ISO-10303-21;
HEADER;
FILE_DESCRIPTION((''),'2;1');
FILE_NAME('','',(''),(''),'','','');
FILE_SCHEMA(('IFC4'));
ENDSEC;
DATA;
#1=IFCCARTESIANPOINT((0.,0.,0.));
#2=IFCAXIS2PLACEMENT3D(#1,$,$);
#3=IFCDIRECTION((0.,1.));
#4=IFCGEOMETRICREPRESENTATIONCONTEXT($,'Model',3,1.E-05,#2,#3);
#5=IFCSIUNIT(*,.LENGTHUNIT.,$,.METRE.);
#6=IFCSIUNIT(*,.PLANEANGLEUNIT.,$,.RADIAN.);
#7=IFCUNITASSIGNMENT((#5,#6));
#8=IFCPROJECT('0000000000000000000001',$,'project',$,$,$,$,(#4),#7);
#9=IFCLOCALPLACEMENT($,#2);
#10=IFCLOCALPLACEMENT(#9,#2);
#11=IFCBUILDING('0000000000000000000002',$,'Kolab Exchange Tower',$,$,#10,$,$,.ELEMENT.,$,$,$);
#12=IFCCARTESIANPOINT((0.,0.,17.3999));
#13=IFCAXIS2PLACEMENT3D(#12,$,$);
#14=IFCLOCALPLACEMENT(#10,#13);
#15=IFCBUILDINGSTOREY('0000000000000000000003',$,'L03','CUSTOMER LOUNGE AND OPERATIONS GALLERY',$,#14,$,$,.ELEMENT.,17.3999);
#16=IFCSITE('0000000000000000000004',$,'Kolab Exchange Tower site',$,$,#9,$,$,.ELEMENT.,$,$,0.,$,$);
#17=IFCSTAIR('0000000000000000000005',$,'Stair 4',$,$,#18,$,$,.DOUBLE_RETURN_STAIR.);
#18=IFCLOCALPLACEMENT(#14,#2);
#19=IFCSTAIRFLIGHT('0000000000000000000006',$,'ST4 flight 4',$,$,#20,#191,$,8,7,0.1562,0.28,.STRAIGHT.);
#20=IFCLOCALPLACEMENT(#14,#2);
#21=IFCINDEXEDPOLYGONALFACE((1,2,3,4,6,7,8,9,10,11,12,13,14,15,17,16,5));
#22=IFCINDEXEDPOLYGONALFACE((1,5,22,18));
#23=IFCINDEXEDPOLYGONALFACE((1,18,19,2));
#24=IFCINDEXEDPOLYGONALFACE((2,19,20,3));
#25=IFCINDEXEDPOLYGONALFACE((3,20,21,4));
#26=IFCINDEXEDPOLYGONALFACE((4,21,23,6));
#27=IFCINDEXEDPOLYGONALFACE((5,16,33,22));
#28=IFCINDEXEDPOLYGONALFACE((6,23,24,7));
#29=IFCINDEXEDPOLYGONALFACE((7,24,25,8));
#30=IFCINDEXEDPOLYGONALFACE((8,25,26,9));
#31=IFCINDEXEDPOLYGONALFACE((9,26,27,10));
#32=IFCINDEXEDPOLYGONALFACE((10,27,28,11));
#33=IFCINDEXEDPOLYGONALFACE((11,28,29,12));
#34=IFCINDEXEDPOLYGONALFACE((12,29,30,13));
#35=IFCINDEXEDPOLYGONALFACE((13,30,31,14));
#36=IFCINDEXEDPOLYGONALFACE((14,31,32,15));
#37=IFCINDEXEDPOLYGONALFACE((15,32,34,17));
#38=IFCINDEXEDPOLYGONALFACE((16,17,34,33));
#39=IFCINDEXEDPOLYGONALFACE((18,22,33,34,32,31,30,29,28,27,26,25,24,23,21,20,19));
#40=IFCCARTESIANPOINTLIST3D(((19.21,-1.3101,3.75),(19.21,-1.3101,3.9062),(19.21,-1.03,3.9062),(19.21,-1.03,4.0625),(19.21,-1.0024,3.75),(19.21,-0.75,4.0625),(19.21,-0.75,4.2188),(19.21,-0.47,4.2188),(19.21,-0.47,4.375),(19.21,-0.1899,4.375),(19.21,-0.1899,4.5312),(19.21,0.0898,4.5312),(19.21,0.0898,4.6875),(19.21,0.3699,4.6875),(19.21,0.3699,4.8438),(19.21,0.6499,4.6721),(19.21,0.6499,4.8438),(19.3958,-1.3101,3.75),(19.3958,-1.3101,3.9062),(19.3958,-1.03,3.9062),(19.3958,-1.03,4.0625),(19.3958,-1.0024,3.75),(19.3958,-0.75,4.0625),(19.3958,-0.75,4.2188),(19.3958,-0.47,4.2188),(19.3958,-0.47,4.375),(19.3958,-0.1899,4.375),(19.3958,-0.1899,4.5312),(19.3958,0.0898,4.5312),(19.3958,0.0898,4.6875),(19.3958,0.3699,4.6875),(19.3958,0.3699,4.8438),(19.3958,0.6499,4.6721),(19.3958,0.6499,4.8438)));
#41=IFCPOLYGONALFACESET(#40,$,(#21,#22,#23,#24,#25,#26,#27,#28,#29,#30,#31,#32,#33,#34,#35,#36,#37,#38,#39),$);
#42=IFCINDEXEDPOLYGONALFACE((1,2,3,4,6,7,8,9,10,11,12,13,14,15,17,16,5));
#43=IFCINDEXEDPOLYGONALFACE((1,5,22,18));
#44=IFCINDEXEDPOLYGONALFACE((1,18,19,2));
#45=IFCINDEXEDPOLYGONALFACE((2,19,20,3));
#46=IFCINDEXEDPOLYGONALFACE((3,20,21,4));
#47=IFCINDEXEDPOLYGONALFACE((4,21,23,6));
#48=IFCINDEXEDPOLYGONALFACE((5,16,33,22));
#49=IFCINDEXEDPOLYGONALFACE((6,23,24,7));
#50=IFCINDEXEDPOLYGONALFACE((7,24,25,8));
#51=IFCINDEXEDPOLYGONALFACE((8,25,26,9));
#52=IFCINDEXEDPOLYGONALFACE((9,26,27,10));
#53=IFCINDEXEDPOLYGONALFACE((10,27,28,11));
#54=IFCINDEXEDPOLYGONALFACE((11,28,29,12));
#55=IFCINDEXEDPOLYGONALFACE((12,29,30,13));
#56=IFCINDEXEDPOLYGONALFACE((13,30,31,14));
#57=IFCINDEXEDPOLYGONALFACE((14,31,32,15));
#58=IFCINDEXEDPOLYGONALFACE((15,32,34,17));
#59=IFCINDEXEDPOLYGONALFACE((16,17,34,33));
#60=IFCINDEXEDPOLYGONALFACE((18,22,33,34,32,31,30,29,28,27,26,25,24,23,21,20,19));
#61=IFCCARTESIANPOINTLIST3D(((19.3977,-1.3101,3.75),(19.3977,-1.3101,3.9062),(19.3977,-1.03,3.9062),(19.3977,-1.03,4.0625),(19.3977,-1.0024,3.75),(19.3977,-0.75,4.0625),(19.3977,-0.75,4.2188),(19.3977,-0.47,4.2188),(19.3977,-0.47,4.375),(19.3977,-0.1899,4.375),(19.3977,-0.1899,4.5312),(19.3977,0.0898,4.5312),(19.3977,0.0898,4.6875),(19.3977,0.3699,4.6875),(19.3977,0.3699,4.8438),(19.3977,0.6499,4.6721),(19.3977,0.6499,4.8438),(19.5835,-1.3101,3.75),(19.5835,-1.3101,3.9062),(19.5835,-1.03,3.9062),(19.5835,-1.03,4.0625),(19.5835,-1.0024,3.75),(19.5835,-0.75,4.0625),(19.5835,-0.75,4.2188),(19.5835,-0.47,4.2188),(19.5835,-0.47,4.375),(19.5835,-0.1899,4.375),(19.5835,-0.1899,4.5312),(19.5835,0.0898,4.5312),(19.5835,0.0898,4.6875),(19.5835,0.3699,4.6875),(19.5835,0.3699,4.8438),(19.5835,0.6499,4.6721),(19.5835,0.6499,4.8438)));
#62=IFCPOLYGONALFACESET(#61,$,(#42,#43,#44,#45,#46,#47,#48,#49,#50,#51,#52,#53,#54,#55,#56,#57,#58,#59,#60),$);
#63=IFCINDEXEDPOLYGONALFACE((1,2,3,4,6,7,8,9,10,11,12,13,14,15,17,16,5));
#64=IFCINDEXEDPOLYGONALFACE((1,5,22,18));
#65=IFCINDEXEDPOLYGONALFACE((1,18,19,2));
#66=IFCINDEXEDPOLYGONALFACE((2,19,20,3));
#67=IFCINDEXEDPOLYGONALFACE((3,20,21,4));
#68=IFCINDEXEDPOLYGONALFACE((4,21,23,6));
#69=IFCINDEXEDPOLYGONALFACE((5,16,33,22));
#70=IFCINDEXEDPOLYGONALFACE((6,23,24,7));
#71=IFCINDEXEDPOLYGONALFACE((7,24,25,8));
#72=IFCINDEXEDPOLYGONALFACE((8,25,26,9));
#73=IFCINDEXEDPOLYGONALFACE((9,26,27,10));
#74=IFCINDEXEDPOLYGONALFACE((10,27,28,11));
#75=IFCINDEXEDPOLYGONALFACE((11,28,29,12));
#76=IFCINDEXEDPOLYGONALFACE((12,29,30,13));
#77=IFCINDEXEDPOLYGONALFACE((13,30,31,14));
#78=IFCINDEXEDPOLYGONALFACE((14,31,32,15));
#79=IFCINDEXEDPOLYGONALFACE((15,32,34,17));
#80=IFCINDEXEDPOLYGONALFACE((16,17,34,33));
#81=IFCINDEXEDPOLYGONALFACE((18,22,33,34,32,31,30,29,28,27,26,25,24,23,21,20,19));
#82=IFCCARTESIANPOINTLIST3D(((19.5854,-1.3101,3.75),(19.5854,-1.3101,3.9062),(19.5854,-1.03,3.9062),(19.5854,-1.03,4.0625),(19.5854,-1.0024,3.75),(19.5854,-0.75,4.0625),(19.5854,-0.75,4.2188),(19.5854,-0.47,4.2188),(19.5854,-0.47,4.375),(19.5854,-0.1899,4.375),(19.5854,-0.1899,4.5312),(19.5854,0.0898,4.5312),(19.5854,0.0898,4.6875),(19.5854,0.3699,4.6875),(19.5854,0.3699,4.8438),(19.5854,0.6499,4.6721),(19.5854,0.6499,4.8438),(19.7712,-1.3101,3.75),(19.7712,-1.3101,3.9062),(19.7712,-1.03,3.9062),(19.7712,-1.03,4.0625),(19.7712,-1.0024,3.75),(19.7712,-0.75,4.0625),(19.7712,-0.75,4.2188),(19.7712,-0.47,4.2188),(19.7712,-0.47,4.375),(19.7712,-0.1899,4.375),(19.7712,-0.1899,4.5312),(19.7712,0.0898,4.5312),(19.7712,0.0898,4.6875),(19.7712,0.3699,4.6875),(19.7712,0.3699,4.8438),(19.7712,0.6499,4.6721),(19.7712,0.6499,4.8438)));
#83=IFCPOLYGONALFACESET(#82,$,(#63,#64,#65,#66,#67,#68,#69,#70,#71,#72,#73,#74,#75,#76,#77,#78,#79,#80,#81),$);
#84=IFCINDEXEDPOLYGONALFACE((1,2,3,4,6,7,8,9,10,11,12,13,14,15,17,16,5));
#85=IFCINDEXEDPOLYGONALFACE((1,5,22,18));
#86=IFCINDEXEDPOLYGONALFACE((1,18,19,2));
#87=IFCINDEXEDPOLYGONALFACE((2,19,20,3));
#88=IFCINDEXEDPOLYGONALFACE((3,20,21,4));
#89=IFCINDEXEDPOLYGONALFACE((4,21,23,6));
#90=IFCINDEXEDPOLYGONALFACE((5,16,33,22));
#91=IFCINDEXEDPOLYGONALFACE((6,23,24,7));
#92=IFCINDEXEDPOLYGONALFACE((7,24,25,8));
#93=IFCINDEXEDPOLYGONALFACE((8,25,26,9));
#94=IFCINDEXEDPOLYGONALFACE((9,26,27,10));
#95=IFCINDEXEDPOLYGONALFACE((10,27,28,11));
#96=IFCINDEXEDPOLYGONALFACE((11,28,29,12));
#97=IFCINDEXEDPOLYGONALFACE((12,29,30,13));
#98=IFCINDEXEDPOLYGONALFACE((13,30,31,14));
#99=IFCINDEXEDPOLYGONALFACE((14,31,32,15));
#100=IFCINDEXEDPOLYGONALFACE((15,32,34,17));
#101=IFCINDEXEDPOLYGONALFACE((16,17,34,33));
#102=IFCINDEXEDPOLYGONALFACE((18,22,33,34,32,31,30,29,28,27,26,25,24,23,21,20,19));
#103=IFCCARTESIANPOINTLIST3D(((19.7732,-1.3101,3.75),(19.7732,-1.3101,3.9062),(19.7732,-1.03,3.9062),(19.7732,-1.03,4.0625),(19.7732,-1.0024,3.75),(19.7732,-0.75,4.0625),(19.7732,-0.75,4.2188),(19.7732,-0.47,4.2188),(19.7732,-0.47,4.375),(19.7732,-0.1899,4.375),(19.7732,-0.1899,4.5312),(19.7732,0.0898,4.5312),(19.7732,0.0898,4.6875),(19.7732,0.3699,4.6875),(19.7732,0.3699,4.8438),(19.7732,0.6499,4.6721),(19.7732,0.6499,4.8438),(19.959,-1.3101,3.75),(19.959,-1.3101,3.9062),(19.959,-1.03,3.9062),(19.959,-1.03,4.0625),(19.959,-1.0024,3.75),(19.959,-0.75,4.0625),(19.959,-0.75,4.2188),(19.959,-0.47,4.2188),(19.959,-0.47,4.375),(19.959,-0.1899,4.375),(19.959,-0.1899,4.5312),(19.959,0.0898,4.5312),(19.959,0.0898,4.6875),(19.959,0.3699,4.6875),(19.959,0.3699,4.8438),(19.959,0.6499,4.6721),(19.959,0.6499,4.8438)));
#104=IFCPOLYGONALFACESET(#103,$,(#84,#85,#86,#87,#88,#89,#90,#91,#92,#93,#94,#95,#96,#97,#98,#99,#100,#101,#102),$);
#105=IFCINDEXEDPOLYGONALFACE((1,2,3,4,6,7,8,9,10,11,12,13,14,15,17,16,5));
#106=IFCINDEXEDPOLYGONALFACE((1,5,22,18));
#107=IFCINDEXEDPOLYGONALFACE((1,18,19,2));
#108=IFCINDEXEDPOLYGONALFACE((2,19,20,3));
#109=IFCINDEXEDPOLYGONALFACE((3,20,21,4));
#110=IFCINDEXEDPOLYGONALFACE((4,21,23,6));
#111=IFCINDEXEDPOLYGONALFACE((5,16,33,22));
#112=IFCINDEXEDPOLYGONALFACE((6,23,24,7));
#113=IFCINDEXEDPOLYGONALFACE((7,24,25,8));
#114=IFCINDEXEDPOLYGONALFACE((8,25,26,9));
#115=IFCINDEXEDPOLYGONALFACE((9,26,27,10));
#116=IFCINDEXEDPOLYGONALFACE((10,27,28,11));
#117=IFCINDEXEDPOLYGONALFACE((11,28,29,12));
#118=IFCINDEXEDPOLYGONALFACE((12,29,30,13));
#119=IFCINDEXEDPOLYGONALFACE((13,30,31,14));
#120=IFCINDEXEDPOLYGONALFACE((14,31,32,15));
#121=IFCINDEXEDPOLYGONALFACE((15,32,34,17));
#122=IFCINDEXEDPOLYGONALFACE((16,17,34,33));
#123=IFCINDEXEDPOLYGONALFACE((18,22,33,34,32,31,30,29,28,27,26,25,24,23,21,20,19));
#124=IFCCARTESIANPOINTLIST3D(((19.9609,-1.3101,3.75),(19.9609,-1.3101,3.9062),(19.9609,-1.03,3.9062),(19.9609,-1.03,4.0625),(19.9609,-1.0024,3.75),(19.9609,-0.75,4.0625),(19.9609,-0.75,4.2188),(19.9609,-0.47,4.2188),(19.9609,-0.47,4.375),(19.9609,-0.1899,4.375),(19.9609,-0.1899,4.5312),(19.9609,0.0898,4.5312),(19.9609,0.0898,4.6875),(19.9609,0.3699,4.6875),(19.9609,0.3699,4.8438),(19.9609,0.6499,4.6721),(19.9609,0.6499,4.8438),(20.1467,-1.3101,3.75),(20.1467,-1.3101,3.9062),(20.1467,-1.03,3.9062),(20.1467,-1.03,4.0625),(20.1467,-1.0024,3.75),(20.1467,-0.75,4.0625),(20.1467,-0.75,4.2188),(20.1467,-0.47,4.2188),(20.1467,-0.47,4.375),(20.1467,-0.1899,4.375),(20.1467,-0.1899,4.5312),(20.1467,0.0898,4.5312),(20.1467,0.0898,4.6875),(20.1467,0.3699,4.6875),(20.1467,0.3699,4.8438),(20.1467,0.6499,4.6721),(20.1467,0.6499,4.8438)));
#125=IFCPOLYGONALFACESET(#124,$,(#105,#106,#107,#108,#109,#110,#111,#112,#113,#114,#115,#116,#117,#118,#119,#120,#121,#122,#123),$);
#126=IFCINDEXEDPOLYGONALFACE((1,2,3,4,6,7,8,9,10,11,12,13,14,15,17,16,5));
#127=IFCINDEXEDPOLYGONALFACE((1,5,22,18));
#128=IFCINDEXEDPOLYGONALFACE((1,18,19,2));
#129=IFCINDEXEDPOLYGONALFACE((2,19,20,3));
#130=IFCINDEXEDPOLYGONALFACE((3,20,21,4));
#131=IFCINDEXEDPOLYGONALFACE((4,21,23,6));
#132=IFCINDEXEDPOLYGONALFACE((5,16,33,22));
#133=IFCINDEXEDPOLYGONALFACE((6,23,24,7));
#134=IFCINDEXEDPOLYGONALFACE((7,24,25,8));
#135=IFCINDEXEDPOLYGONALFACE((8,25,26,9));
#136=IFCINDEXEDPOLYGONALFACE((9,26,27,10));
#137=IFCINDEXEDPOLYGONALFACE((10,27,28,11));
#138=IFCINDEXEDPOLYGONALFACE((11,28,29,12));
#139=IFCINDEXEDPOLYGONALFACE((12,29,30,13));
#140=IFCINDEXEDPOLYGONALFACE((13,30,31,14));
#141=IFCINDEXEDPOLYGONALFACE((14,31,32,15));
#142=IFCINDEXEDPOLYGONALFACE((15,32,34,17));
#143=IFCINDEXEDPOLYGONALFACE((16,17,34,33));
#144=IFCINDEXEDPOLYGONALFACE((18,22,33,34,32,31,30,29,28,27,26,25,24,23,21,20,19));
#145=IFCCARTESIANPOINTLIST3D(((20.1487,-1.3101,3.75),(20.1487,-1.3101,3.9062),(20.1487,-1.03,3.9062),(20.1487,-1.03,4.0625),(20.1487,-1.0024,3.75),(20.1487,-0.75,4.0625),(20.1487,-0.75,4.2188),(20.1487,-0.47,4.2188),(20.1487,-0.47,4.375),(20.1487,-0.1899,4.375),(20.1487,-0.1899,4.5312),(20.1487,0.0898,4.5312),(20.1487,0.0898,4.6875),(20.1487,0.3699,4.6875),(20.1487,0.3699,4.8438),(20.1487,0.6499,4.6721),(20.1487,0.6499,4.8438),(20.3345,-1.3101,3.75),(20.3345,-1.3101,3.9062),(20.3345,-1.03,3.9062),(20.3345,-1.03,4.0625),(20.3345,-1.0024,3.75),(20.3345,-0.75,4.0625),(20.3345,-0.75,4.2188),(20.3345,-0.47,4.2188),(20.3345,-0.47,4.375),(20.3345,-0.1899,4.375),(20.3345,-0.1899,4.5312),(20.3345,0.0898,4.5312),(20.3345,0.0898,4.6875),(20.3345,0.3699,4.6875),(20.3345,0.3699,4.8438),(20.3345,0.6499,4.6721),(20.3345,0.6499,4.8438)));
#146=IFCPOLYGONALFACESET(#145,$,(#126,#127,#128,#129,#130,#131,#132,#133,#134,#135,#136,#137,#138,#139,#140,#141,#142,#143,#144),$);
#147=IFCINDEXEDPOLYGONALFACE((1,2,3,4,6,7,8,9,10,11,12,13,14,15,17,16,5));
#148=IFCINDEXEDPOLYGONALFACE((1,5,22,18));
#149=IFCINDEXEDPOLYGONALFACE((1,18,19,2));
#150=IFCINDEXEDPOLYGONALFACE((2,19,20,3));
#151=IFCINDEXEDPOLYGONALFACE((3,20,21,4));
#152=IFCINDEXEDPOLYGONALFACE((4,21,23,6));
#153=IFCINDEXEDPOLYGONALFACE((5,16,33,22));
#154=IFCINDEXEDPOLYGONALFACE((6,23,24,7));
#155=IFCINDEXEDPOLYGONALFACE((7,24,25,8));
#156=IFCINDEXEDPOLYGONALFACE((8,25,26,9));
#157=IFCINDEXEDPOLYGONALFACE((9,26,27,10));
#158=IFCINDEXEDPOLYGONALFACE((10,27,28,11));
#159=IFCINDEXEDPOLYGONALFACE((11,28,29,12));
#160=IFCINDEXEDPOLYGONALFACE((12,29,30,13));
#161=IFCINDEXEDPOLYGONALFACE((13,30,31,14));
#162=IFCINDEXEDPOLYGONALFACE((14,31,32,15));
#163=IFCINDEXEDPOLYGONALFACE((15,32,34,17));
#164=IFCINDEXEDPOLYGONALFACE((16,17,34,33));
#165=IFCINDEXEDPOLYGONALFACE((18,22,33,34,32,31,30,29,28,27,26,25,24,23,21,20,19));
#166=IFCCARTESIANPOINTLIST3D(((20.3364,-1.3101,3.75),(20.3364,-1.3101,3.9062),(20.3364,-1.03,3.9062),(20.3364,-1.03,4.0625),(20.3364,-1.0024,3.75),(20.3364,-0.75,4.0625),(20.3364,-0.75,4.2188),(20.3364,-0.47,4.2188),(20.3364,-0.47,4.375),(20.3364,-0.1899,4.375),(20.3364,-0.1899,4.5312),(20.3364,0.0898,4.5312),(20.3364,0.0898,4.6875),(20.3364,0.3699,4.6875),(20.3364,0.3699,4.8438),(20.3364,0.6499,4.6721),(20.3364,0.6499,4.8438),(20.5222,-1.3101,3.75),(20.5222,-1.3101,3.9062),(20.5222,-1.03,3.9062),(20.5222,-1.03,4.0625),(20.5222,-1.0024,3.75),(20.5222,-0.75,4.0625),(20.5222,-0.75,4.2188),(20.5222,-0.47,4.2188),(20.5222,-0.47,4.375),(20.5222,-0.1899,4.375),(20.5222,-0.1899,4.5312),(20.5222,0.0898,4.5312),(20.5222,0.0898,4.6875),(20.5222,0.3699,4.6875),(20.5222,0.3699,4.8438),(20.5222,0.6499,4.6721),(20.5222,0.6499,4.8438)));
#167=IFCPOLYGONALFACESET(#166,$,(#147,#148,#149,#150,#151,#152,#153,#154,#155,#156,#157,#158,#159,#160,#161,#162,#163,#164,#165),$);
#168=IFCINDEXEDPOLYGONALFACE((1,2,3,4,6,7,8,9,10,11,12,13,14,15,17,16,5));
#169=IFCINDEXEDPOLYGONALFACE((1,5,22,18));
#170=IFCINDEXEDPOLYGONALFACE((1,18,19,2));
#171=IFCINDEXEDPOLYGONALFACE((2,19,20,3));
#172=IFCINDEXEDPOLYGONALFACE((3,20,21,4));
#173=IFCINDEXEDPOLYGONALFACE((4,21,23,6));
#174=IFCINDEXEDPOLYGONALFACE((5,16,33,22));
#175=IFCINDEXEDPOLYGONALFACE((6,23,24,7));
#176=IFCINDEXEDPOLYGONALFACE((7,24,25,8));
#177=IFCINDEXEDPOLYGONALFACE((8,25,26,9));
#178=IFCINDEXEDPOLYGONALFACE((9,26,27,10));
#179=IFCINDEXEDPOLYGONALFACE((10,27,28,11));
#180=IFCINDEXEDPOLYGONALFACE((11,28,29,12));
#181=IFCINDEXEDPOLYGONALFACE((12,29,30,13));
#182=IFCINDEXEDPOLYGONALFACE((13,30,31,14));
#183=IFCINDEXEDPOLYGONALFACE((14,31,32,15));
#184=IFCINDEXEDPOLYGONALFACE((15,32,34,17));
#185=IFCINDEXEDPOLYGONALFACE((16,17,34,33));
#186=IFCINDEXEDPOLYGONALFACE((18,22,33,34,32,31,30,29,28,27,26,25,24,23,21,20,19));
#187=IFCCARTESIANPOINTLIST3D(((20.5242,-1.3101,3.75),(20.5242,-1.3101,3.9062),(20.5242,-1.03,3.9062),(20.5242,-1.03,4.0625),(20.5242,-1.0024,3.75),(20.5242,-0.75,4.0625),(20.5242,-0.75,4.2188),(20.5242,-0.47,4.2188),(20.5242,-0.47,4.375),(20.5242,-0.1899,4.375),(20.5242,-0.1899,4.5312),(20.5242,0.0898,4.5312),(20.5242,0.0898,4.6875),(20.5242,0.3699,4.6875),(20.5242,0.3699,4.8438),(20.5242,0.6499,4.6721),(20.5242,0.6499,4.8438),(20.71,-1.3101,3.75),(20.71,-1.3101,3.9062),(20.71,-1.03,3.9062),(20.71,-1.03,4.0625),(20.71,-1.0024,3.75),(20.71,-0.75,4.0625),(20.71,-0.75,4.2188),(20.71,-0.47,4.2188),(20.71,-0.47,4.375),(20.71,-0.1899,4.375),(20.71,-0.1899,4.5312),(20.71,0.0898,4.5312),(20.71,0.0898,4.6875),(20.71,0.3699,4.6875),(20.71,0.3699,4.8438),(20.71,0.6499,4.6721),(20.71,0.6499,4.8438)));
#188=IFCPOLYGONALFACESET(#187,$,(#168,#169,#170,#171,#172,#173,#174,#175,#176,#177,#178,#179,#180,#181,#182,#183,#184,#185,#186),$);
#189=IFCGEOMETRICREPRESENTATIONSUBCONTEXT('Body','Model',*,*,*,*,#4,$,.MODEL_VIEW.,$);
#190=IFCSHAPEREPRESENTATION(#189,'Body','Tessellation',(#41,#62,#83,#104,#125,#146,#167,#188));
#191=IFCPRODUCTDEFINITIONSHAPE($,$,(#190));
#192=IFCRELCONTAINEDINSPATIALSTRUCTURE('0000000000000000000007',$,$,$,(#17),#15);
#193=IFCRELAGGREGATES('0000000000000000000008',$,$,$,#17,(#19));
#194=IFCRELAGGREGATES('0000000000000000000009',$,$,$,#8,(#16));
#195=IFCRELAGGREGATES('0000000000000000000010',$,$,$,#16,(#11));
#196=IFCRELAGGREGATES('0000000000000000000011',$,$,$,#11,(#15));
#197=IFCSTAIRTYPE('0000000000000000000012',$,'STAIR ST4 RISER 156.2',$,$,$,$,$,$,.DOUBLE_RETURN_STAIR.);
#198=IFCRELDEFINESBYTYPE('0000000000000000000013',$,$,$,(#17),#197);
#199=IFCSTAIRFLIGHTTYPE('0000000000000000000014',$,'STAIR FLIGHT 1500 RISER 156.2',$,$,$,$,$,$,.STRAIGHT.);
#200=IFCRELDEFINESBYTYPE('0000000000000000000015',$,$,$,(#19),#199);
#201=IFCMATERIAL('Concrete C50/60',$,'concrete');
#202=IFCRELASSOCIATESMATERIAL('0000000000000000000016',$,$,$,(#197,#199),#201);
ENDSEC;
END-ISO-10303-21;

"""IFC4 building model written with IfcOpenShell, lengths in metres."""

from ifc_helpers import new_model, si_unit, direction, frame, origin, place, context, subcontext, project, spatial, polyline, outline, extrude, material, type_object, element, aggregate, save


model = new_model("IFC4")

# Units and contexts
model_context = context("Model", 3, precision=1e-05, world=origin(), true_north=direction((0.0, 1.0)))
body_context = subcontext(model_context, "Body", "Model", "MODEL_VIEW")
ifc_project = project(units=[si_unit("LENGTHUNIT", "METRE"), si_unit("PLANEANGLEUNIT", "RADIAN")], contexts=[model_context])

# Site, building, storey
site_placement = place(None, origin())
site = spatial("IfcSite", under=ifc_project, at=site_placement, Name="Kolab Exchange Tower site", CompositionType="ELEMENT", RefElevation=0.0)
building_placement = place(site_placement, origin())
building = spatial("IfcBuilding", under=site, at=building_placement, Name="Kolab Exchange Tower", CompositionType="ELEMENT")
storey_placement = place(building_placement, frame((0.0, 0.0, 17.3999)))
storey = spatial("IfcBuildingStorey", under=building, at=storey_placement, Name="L03", Description="CUSTOMER LOUNGE AND OPERATIONS GALLERY", CompositionType="ELEMENT", Elevation=17.3999)

# Shared definitions
ifc_material_1 = material(Name="Concrete C50/60", Category="concrete")

# Stair, stair flight
stair_type = type_object("IfcStairType", Name="STAIR ST4 RISER 156.2", PredefinedType="DOUBLE_RETURN_STAIR", material=ifc_material_1)
stair_placement = place(storey_placement, origin())
stair = element("IfcStair", 1, at=stair_placement, inside=storey, type_object=stair_type, Name="Stair 4", PredefinedType="DOUBLE_RETURN_STAIR")
stair_flight_type = type_object("IfcStairFlightType", Name="STAIR FLIGHT 1500 RISER 156.2", PredefinedType="STRAIGHT", material=ifc_material_1)
stair_flight_1_placement = place(storey_placement, frame((19.96, -1.3101, 3.75), z_axis=(0.0, 0.0, 1.0), x_axis=(0.0, 1.0, 0.0)))
stair_flight_1 = element("IfcStairFlight", 2, at=stair_flight_1_placement, type_object=stair_flight_type, Name="ST4 flight 4", NumberOfRisers=8, NumberOfTreads=7, PredefinedType="STRAIGHT", RiserHeight=0.1562, TreadLength=0.28, context=body_context, shape_type="SweptSolid", body=[
    extrude(outline(polyline([(0.0, 0.0), (0.0, 0.1562), (0.28, 0.1562), (0.28, 0.3125), (0.5601, 0.3125), (0.5601, 0.4688), (0.8401, 0.4688), (0.8401, 0.625), (1.1201, 0.625), (1.1201, 0.7812), (1.3999, 0.7812), (1.3999, 0.9375), (1.6799, 0.9375), (1.6799, 1.0938), (1.96, 1.0938), (1.96, 1.25), (1.96, 0.9221), (0.3076, 0.0), (0.0, 0.0)])), frame((0.0, 0.75, 0.0), z_axis=(0.0, -1.0, 0.0), x_axis=(1.0, 0.0, 0.0)), (0.0, 0.0, 1.0), 0.1858),
    extrude(outline(polyline([(0.0, 0.0), (0.0, 0.1562), (0.28, 0.1562), (0.28, 0.3125), (0.5601, 0.3125), (0.5601, 0.4688), (0.8401, 0.4688), (0.8401, 0.625), (1.1201, 0.625), (1.1201, 0.7812), (1.3999, 0.7812), (1.3999, 0.9375), (1.6799, 0.9375), (1.6799, 1.0938), (1.96, 1.0938), (1.96, 1.25), (1.96, 0.9221), (0.3076, 0.0), (0.0, 0.0)])), frame((0.0, 0.5623, 0.0), z_axis=(0.0, -1.0, 0.0), x_axis=(1.0, 0.0, 0.0)), (0.0, 0.0, 1.0), 0.1858),
    extrude(outline(polyline([(0.0, 0.0), (0.0, 0.1562), (0.28, 0.1562), (0.28, 0.3125), (0.5601, 0.3125), (0.5601, 0.4688), (0.8401, 0.4688), (0.8401, 0.625), (1.1201, 0.625), (1.1201, 0.7812), (1.3999, 0.7812), (1.3999, 0.9375), (1.6799, 0.9375), (1.6799, 1.0938), (1.96, 1.0938), (1.96, 1.25), (1.96, 0.9221), (0.3076, 0.0), (0.0, 0.0)])), frame((0.0, 0.3745, 0.0), z_axis=(0.0, -1.0, 0.0), x_axis=(1.0, 0.0, 0.0)), (0.0, 0.0, 1.0), 0.1858),
    extrude(outline(polyline([(0.0, 0.0), (0.0, 0.1562), (0.28, 0.1562), (0.28, 0.3125), (0.5601, 0.3125), (0.5601, 0.4688), (0.8401, 0.4688), (0.8401, 0.625), (1.1201, 0.625), (1.1201, 0.7812), (1.3999, 0.7812), (1.3999, 0.9375), (1.6799, 0.9375), (1.6799, 1.0938), (1.96, 1.0938), (1.96, 1.25), (1.96, 0.9221), (0.3076, 0.0), (0.0, 0.0)])), frame((0.0, 0.1868, 0.0), z_axis=(0.0, -1.0, 0.0), x_axis=(1.0, 0.0, 0.0)), (0.0, 0.0, 1.0), 0.1858),
    extrude(outline(polyline([(0.0, 0.0), (0.0, 0.1562), (0.28, 0.1562), (0.28, 0.3125), (0.5601, 0.3125), (0.5601, 0.4688), (0.8401, 0.4688), (0.8401, 0.625), (1.1201, 0.625), (1.1201, 0.7812), (1.3999, 0.7812), (1.3999, 0.9375), (1.6799, 0.9375), (1.6799, 1.0938), (1.96, 1.0938), (1.96, 1.25), (1.96, 0.9221), (0.3076, 0.0), (0.0, 0.0)])), frame((0.0, -0.001, 0.0), z_axis=(0.0, -1.0, 0.0), x_axis=(1.0, 0.0, 0.0)), (0.0, 0.0, 1.0), 0.1858),
    extrude(outline(polyline([(0.0, 0.0), (0.0, 0.1562), (0.28, 0.1562), (0.28, 0.3125), (0.5601, 0.3125), (0.5601, 0.4688), (0.8401, 0.4688), (0.8401, 0.625), (1.1201, 0.625), (1.1201, 0.7812), (1.3999, 0.7812), (1.3999, 0.9375), (1.6799, 0.9375), (1.6799, 1.0938), (1.96, 1.0938), (1.96, 1.25), (1.96, 0.9221), (0.3076, 0.0), (0.0, 0.0)])), frame((0.0, -0.1887, 0.0), z_axis=(0.0, -1.0, 0.0), x_axis=(1.0, 0.0, 0.0)), (0.0, 0.0, 1.0), 0.1858),
    extrude(outline(polyline([(0.0, 0.0), (0.0, 0.1562), (0.28, 0.1562), (0.28, 0.3125), (0.5601, 0.3125), (0.5601, 0.4688), (0.8401, 0.4688), (0.8401, 0.625), (1.1201, 0.625), (1.1201, 0.7812), (1.3999, 0.7812), (1.3999, 0.9375), (1.6799, 0.9375), (1.6799, 1.0938), (1.96, 1.0938), (1.96, 1.25), (1.96, 0.9221), (0.3076, 0.0), (0.0, 0.0)])), frame((0.0, -0.3765, 0.0), z_axis=(0.0, -1.0, 0.0), x_axis=(1.0, 0.0, 0.0)), (0.0, 0.0, 1.0), 0.1858),
    extrude(outline(polyline([(0.0, 0.0), (0.0, 0.1562), (0.28, 0.1562), (0.28, 0.3125), (0.5601, 0.3125), (0.5601, 0.4688), (0.8401, 0.4688), (0.8401, 0.625), (1.1201, 0.625), (1.1201, 0.7812), (1.3999, 0.7812), (1.3999, 0.9375), (1.6799, 0.9375), (1.6799, 1.0938), (1.96, 1.0938), (1.96, 1.25), (1.96, 0.9221), (0.3076, 0.0), (0.0, 0.0)])), frame((0.0, -0.5642, 0.0), z_axis=(0.0, -1.0, 0.0), x_axis=(1.0, 0.0, 0.0)), (0.0, 0.0, 1.0), 0.1858),
])
aggregate(stair, [stair_flight_1])

save(model, "model.ifc")
